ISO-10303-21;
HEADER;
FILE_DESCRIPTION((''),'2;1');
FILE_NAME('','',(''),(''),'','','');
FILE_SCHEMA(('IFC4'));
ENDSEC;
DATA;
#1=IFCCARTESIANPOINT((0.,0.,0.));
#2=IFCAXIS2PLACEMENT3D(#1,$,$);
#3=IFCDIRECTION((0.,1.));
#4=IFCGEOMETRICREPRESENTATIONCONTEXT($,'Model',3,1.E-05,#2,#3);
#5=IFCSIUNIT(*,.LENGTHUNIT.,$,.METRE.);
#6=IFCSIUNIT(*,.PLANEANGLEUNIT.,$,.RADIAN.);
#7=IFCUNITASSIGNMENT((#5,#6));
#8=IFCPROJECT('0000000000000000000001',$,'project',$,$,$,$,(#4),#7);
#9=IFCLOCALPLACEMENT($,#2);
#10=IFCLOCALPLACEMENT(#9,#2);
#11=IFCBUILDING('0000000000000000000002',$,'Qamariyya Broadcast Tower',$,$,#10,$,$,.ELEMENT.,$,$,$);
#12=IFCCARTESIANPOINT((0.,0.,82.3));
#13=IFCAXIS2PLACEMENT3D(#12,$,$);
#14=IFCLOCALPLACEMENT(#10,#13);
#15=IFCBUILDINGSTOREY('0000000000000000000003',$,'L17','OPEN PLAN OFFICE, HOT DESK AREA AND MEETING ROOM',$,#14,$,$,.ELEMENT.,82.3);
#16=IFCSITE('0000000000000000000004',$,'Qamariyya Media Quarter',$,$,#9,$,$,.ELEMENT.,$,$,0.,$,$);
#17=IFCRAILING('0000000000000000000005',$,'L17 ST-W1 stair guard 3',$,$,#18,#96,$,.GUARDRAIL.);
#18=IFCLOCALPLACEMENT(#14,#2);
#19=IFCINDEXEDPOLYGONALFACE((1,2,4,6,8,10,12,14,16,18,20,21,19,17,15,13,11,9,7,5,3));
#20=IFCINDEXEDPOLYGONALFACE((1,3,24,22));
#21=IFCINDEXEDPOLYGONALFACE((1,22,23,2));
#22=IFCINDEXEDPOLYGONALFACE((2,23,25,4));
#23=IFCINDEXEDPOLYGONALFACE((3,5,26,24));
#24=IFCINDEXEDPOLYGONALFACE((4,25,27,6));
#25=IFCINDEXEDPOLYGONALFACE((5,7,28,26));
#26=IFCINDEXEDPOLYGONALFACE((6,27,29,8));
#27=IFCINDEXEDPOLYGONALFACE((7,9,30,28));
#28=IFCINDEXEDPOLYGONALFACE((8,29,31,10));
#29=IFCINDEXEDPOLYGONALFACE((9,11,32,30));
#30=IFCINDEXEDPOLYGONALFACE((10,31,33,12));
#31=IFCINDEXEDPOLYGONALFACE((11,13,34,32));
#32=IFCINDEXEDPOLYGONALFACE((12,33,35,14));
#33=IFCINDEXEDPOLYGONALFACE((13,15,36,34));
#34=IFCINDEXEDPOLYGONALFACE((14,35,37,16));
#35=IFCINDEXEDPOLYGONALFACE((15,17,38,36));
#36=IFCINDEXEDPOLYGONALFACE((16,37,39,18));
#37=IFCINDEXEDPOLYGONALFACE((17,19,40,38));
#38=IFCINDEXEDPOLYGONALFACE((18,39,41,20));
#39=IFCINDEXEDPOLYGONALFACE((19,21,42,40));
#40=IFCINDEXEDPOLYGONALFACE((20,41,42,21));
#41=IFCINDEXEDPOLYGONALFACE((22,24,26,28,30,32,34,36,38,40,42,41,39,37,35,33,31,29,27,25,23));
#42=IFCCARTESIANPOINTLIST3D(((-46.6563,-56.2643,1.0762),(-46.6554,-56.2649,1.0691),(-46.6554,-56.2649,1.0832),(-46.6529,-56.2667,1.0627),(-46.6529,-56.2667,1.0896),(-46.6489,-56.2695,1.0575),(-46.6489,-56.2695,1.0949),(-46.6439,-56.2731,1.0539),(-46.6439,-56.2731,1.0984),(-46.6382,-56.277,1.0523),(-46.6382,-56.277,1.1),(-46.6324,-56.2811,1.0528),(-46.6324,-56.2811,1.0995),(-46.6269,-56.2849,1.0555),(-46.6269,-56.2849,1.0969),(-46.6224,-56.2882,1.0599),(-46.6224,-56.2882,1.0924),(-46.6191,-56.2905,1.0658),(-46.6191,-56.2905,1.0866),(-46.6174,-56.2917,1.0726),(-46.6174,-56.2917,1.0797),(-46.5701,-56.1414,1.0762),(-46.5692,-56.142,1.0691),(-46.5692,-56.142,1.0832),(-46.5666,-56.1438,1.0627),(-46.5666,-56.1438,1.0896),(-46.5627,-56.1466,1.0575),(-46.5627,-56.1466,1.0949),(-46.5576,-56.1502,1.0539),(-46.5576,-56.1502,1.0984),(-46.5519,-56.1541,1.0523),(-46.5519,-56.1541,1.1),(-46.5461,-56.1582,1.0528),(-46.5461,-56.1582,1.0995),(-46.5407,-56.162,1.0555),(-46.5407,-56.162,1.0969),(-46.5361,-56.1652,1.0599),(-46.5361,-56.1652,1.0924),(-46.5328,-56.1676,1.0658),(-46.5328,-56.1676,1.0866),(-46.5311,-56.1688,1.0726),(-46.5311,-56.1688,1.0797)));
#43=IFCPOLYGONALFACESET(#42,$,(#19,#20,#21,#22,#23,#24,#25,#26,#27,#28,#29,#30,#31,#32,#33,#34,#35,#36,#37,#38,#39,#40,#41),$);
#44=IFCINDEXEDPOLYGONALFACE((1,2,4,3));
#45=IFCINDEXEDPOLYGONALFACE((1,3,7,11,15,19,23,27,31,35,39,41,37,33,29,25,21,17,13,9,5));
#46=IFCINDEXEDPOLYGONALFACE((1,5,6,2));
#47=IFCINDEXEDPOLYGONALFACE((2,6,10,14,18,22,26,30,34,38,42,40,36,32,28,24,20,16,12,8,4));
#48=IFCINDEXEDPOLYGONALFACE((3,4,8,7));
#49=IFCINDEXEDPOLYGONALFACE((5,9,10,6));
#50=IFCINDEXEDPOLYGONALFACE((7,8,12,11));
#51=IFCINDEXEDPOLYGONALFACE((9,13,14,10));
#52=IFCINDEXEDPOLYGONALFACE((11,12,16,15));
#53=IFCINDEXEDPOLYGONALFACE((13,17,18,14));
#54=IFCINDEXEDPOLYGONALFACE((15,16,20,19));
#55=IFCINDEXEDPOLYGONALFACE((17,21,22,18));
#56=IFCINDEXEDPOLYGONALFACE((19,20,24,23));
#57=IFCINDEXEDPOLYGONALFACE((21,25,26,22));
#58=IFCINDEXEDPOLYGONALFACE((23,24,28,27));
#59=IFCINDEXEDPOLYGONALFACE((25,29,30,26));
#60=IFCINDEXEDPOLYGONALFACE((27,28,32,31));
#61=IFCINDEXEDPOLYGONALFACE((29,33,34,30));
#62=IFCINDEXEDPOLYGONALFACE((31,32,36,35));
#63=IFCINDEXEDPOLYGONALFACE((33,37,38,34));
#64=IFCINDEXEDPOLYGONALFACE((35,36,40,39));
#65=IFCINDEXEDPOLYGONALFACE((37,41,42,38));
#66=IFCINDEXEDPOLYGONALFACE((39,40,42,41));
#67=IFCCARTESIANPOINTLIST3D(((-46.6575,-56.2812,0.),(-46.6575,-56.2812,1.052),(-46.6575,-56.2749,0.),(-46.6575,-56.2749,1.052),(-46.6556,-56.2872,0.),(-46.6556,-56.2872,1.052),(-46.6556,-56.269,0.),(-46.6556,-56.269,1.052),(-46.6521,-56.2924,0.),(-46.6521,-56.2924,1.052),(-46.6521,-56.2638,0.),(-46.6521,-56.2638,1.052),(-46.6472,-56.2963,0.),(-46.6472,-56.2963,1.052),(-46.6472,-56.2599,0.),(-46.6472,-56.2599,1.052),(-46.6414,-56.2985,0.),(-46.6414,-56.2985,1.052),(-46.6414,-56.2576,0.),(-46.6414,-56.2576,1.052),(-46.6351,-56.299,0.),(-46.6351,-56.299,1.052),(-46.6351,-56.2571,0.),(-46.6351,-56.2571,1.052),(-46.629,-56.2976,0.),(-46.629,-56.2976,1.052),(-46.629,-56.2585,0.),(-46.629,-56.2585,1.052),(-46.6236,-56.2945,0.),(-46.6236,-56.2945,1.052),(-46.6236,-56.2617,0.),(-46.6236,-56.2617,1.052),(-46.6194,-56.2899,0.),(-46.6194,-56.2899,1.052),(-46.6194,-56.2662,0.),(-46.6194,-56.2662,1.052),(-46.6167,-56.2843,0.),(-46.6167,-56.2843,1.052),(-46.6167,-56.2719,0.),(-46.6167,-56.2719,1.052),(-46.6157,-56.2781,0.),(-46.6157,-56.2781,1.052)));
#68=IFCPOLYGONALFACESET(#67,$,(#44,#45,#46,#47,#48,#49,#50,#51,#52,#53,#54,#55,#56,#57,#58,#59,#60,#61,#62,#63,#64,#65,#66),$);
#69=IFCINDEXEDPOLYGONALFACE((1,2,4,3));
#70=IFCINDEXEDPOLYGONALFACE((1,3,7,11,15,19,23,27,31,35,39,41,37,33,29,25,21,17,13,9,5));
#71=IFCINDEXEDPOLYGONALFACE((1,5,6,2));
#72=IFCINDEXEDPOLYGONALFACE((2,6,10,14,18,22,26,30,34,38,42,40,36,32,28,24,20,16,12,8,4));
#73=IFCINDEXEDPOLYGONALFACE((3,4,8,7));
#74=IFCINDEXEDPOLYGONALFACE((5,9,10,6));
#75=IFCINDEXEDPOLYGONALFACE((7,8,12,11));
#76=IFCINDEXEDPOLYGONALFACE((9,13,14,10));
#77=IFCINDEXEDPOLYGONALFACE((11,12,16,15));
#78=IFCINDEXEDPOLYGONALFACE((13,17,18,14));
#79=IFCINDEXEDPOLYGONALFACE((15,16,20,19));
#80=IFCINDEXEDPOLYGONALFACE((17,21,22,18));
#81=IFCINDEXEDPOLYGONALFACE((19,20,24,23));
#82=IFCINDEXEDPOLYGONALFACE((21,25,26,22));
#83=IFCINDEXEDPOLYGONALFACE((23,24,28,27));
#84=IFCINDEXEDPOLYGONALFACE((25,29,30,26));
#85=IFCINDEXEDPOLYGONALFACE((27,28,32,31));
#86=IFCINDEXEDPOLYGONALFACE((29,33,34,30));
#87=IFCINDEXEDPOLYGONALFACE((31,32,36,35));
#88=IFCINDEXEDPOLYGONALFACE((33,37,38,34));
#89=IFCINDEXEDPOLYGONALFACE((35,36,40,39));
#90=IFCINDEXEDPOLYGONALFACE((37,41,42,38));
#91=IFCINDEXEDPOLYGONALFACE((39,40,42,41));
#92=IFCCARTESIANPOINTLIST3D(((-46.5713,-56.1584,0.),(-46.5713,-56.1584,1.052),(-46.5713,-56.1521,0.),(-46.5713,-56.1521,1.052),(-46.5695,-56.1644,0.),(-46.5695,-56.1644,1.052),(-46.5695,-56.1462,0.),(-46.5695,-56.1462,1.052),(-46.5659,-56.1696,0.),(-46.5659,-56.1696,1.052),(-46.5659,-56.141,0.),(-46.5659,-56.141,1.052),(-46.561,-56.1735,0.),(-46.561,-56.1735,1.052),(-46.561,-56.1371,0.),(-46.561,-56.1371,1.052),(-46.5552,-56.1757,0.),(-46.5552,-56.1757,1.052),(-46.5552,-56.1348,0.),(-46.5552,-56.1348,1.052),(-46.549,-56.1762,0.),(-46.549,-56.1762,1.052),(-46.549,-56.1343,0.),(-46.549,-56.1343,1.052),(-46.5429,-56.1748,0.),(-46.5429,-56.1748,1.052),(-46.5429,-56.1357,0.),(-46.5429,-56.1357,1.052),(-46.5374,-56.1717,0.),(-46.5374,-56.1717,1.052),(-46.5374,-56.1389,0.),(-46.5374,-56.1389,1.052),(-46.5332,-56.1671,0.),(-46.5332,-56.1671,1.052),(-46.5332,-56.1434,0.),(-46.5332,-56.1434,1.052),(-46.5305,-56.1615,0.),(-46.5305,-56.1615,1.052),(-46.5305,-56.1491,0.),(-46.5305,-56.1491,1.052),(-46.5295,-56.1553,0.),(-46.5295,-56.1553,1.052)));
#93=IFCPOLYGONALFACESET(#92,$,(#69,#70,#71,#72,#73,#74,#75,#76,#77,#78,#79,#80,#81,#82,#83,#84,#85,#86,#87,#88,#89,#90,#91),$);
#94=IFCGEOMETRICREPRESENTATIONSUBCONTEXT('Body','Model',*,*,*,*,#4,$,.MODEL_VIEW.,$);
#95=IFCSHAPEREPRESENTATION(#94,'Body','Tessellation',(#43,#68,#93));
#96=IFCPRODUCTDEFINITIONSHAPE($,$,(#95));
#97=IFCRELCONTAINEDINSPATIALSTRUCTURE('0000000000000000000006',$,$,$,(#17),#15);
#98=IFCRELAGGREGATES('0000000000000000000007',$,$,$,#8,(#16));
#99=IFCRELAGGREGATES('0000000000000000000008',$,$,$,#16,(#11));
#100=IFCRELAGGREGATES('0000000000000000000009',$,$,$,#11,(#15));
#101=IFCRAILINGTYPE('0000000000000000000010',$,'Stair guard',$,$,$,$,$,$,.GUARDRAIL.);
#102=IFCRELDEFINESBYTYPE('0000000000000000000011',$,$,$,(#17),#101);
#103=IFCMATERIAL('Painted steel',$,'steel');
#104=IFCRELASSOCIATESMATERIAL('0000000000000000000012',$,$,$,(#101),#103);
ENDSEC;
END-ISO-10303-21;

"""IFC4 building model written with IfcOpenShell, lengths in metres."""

from ifc_helpers import new_model, si_unit, direction, frame, origin, origin_2d, place, context, subcontext, project, spatial, circle, extrude, material, type_object, element, save


model = new_model("IFC4")

# Units and contexts
model_context = context("Model", 3, precision=1e-05, world=origin(), true_north=direction((0.0, 1.0)))
body_context = subcontext(model_context, "Body", "Model", "MODEL_VIEW")
ifc_project = project(units=[si_unit("LENGTHUNIT", "METRE"), si_unit("PLANEANGLEUNIT", "RADIAN")], contexts=[model_context])

# Site, building, storey
site_placement = place(None, origin())
site = spatial("IfcSite", under=ifc_project, at=site_placement, Name="Qamariyya Media Quarter", CompositionType="ELEMENT", RefElevation=0.0)
building_placement = place(site_placement, origin())
building = spatial("IfcBuilding", under=site, at=building_placement, Name="Qamariyya Broadcast Tower", CompositionType="ELEMENT")
storey_placement = place(building_placement, frame((0.0, 0.0, 82.3)))
storey = spatial("IfcBuildingStorey", under=building, at=storey_placement, Name="L17", Description="OPEN PLAN OFFICE, HOT DESK AREA AND MEETING ROOM", CompositionType="ELEMENT", Elevation=82.3)

# Railing
ifc_material_1 = material(Name="Painted steel", Category="steel")
railing_type_1 = type_object("IfcRailingType", Name="Stair guard", PredefinedType="GUARDRAIL", material=ifc_material_1)
railing_1_placement = place(storey_placement, frame((-46.6367, -56.2781, 0.0)))
element("IfcRailing", 1, at=railing_1_placement, inside=storey, type_object=railing_type_1, Name="L17 ST-W1 stair guard 3", PredefinedType="GUARDRAIL", context=body_context, shape_type="SweptSolid", body=[
    extrude(circle(Radius=0.0239, at=origin_2d()), frame((0.0, 0.0, 1.0762), z_axis=(0.574445, 0.818543, 0.0), x_axis=(-0.818543, 0.574445, 0.0)), (0.0, 0.0, 1.0), 0.1501),
    extrude(circle(Radius=0.021, at=origin_2d()), origin(), (0.0, 0.0, 1.0), 1.052),
    extrude(circle(Radius=0.021, at=origin_2d()), frame((0.0862, 0.1228, 0.0)), (0.0, 0.0, 1.0), 1.052),
])

save(model, "model.ifc")
